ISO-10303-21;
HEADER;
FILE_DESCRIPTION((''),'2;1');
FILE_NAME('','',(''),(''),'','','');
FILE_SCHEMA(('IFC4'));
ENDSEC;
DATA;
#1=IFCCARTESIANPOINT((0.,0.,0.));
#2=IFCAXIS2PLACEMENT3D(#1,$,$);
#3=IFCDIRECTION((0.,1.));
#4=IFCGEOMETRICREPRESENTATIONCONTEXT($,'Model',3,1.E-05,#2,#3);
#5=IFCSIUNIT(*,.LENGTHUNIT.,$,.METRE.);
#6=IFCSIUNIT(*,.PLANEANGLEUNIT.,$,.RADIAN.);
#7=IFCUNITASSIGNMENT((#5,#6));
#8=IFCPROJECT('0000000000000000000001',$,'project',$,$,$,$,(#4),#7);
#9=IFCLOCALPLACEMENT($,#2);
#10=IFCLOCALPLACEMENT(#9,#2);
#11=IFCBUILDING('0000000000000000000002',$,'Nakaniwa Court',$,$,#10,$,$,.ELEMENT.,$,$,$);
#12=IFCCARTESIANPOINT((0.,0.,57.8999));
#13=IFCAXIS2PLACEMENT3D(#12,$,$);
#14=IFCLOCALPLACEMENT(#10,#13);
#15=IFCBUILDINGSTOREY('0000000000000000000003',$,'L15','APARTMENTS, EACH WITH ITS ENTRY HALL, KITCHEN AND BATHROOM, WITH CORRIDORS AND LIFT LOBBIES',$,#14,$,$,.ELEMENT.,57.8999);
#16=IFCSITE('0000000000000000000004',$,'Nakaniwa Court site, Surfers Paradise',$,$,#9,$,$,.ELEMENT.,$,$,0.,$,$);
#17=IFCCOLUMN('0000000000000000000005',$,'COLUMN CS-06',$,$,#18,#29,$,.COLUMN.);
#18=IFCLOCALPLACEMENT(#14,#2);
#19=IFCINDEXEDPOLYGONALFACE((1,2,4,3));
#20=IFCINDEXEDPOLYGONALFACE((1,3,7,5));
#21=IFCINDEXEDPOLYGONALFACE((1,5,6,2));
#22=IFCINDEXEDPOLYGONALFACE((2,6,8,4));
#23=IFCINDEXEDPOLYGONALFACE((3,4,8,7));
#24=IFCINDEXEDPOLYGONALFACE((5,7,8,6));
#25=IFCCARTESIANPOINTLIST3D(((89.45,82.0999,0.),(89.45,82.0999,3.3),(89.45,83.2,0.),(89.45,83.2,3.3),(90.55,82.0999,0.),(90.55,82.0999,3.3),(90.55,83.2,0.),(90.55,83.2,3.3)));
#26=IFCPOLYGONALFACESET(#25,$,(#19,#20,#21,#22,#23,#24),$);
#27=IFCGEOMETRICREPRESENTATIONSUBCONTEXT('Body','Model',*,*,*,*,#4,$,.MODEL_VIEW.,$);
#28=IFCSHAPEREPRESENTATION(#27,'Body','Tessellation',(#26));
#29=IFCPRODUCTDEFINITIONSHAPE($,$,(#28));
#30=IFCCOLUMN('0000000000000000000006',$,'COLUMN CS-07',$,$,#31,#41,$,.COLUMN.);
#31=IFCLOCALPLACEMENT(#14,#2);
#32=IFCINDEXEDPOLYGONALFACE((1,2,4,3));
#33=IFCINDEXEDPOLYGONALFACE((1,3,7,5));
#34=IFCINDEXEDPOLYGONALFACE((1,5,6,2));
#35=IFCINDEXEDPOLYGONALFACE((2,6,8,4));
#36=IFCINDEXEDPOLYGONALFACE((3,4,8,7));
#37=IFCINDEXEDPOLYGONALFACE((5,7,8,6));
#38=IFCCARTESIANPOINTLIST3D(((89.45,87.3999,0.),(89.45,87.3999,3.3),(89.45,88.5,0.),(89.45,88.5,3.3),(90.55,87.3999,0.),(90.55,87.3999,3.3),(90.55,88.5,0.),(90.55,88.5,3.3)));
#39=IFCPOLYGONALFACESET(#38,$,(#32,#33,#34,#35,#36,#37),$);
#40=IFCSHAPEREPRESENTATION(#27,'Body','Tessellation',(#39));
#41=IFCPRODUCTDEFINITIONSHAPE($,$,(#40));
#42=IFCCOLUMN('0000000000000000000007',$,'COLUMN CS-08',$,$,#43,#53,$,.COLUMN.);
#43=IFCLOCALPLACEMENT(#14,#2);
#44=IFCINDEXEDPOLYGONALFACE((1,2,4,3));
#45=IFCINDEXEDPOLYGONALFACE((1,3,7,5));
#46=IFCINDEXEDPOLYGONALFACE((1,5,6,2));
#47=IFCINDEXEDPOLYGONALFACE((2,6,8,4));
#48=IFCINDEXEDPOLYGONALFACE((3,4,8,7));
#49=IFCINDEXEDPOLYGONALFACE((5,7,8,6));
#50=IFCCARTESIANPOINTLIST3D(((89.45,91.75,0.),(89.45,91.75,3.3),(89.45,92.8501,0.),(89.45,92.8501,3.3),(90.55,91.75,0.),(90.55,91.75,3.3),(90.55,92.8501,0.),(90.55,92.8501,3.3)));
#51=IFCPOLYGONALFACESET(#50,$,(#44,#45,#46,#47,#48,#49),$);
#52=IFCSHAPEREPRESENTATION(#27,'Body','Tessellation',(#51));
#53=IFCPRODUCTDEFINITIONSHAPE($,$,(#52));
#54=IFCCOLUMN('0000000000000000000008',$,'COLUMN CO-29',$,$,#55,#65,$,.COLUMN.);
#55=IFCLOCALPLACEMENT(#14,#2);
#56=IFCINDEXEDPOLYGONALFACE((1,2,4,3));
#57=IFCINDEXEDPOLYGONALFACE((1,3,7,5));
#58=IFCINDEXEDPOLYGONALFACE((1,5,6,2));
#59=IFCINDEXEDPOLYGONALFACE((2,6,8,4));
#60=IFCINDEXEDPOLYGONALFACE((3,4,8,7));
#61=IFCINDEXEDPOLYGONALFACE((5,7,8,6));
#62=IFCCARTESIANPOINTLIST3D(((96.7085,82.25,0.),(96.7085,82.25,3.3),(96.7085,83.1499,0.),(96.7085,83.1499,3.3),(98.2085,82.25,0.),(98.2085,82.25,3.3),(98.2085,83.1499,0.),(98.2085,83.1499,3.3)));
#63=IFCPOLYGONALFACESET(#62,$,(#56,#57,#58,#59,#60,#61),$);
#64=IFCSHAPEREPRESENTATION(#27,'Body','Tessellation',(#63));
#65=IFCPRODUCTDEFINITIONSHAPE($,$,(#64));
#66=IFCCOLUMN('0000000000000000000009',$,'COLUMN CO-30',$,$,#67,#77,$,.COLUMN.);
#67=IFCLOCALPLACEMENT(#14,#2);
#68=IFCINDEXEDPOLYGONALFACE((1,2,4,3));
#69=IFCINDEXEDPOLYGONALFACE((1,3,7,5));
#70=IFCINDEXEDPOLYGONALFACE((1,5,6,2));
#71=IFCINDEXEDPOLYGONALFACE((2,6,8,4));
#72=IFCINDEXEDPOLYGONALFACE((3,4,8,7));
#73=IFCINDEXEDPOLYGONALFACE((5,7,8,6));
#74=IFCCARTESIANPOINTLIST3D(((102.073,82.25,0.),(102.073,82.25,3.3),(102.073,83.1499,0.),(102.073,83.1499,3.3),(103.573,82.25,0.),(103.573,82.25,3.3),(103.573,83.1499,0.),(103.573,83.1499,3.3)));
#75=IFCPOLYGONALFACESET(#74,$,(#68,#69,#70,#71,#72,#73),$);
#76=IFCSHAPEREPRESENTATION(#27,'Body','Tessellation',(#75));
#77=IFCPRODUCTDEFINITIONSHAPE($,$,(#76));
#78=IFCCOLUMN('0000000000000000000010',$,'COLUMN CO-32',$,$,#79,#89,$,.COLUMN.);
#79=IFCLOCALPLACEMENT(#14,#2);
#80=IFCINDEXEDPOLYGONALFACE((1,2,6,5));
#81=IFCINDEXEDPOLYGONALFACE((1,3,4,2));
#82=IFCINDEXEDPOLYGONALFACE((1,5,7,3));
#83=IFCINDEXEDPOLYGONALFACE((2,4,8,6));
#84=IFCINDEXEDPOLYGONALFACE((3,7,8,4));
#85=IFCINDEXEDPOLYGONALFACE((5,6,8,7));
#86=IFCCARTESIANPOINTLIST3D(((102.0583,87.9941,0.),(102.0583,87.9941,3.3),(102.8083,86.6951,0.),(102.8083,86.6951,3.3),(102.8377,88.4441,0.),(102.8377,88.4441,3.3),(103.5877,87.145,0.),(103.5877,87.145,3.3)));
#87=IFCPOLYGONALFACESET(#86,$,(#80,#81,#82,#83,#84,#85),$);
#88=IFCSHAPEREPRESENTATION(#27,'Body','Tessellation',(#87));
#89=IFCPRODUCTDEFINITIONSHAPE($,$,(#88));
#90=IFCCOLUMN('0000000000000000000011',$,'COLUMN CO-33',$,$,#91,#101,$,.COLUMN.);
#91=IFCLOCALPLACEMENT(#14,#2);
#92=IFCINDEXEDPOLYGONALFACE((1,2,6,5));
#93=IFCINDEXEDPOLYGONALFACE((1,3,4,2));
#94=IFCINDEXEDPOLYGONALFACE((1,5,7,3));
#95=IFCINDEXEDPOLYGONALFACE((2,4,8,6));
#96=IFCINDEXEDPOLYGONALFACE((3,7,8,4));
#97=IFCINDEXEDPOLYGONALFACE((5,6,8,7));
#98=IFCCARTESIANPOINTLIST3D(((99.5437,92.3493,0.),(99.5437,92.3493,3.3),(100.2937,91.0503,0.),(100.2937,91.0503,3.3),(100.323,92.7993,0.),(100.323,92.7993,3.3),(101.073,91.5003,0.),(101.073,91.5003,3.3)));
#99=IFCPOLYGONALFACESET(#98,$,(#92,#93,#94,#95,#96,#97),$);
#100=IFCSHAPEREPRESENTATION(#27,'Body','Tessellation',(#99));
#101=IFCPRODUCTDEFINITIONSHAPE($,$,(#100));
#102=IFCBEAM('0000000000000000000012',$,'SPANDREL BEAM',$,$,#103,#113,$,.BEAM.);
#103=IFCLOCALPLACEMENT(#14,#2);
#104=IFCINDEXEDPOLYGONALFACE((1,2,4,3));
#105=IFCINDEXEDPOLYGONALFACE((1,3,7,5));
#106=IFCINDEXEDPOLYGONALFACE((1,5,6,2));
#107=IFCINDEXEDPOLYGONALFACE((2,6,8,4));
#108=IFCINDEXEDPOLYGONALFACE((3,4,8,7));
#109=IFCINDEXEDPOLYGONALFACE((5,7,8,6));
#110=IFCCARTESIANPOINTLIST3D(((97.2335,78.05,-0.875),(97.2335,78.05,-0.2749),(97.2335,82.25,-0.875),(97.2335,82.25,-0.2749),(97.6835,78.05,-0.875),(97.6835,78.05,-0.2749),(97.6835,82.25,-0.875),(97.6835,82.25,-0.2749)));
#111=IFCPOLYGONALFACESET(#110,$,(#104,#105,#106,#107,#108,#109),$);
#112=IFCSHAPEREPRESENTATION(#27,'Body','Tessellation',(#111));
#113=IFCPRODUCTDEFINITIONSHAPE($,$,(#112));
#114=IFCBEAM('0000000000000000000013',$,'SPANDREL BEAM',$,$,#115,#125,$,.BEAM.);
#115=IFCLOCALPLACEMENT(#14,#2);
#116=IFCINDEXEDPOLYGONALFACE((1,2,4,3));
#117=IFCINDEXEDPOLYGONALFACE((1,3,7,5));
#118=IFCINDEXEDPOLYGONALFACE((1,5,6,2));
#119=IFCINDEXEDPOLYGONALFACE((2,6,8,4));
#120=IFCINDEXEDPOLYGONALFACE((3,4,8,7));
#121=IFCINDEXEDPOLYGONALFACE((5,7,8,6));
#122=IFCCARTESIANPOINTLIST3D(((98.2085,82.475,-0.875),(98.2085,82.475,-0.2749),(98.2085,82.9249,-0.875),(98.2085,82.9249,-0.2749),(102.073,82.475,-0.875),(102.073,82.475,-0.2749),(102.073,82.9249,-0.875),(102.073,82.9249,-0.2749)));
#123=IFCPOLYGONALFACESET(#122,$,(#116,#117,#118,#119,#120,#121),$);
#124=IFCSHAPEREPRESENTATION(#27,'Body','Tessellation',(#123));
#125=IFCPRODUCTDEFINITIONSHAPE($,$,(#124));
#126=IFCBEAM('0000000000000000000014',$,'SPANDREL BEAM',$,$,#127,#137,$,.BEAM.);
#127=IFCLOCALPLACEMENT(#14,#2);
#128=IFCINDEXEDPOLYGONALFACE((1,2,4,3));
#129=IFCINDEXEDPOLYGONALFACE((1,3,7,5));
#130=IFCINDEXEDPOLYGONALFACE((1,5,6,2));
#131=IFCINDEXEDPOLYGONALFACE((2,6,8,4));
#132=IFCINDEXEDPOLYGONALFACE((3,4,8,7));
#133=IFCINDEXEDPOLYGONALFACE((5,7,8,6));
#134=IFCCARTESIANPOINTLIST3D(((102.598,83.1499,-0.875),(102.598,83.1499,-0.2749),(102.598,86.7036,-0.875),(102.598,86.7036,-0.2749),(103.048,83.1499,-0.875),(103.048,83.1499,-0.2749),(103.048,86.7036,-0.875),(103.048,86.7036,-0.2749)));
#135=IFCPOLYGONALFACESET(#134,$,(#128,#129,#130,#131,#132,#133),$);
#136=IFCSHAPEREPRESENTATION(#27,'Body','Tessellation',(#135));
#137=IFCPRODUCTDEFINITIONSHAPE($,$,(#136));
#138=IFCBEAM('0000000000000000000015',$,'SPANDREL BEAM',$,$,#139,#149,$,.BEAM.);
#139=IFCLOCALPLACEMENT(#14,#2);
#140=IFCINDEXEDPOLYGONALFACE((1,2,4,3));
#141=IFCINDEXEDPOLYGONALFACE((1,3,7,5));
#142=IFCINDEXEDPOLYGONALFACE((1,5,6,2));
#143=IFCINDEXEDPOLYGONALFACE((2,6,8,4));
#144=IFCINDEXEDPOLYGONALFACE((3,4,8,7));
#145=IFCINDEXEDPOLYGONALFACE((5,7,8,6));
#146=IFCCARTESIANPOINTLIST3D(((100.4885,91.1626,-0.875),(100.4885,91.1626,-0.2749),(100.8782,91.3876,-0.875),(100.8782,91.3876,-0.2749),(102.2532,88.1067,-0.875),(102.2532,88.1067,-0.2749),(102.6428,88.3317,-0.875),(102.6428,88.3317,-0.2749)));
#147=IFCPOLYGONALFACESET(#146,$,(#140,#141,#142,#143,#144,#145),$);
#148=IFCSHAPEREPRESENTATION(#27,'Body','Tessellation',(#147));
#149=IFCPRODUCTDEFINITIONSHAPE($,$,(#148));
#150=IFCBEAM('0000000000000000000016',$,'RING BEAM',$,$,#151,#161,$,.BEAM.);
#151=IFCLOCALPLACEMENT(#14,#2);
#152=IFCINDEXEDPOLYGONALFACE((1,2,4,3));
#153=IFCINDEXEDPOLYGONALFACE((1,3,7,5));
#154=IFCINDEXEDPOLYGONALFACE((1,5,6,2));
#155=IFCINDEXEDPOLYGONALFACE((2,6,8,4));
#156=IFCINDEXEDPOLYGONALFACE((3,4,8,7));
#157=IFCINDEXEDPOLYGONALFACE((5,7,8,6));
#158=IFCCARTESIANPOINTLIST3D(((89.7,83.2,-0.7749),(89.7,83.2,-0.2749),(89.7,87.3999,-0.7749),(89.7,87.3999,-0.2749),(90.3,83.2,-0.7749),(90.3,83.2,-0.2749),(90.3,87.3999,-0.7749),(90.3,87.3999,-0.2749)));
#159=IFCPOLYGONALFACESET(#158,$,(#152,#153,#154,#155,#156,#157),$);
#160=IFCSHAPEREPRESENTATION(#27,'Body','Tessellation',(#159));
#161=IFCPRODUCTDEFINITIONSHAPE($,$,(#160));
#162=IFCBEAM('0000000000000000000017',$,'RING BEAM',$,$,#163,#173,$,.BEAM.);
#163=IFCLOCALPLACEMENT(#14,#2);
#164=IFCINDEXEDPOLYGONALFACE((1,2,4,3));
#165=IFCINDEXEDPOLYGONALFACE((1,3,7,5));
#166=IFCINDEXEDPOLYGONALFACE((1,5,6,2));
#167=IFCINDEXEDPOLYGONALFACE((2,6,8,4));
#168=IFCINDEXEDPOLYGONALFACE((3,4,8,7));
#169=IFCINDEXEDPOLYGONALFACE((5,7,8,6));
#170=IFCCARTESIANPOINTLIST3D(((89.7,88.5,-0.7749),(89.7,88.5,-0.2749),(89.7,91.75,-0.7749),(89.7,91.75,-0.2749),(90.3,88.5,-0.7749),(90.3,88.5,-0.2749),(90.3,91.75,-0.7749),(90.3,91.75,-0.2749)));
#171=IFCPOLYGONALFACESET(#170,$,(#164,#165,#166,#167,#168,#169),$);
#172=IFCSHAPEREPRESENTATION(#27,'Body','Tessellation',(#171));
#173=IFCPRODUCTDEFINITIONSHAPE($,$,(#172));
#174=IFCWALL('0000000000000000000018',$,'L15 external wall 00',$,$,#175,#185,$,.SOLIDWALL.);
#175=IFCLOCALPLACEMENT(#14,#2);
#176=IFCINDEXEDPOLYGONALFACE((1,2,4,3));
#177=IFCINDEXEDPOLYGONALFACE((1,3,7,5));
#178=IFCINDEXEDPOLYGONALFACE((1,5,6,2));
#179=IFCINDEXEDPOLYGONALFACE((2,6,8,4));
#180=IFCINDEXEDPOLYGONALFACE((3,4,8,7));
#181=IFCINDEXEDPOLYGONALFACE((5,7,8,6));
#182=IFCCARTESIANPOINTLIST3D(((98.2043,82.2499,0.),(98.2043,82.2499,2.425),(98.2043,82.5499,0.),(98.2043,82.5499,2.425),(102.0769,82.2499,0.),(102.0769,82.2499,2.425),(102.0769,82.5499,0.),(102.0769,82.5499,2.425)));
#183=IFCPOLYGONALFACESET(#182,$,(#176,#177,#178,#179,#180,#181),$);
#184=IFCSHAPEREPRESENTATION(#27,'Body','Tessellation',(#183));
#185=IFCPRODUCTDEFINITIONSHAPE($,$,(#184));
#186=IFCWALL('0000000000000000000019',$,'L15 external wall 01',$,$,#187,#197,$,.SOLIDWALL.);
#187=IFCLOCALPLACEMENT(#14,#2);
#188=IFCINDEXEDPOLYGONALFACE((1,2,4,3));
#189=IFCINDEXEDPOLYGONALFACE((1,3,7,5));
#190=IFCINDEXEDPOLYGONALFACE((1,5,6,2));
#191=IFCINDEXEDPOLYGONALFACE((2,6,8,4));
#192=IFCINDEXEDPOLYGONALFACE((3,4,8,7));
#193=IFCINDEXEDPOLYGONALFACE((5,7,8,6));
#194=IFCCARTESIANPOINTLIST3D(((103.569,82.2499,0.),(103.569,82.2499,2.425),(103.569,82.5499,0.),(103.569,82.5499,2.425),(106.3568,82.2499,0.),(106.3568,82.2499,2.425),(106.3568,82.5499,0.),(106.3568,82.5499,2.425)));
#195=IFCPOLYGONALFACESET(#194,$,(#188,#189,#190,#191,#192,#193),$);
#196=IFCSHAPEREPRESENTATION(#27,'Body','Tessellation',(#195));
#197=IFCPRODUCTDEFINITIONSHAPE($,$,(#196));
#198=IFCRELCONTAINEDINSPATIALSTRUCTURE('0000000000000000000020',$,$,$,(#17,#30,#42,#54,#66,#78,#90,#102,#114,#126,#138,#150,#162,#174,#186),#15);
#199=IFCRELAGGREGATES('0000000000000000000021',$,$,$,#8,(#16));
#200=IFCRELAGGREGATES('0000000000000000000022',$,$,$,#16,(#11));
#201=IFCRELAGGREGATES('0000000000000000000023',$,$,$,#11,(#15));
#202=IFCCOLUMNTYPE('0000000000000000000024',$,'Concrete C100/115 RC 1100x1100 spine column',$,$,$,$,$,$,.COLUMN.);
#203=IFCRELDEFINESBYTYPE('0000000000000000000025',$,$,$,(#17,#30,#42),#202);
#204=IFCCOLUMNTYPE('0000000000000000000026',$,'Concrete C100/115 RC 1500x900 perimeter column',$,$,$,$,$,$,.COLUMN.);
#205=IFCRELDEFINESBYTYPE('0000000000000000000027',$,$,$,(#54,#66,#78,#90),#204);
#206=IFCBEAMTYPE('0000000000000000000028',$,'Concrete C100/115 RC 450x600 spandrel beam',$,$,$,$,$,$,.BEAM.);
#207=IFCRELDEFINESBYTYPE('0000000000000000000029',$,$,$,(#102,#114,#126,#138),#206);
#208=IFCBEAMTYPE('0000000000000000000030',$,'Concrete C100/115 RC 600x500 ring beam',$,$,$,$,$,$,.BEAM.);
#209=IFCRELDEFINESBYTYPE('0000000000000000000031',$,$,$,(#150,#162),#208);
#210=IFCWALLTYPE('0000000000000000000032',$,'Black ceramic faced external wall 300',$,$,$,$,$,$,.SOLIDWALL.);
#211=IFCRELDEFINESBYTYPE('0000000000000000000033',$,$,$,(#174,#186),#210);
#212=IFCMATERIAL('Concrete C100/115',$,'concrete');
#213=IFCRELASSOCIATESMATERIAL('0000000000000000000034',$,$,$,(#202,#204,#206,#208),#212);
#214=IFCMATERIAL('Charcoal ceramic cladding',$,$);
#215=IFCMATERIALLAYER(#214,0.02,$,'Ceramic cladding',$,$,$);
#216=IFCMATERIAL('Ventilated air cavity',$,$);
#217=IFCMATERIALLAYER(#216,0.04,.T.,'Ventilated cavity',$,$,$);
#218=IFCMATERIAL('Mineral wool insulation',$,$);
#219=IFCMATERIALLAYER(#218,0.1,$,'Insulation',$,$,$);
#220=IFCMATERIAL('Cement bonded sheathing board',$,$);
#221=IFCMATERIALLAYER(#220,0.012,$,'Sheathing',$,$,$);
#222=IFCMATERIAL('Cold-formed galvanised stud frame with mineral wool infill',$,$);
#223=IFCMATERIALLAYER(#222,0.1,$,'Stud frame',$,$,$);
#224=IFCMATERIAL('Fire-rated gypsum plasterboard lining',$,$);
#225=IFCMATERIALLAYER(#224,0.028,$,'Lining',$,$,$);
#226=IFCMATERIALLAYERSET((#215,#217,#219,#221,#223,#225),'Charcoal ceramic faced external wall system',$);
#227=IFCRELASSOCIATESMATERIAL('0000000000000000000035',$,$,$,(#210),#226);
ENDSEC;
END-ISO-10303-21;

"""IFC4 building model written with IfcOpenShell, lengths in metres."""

from ifc_helpers import new_model, si_unit, direction, frame, frame_2d, origin, origin_2d, place, context, subcontext, project, spatial, rectangle, extrude, material, layer, layer_set, material_profile, profile_set, type_object, element, save


model = new_model("IFC4")

# Units and contexts
model_context = context("Model", 3, precision=1e-05, world=origin(), true_north=direction((0.0, 1.0)))
body_context = subcontext(model_context, "Body", "Model", "MODEL_VIEW")
ifc_project = project(units=[si_unit("LENGTHUNIT", "METRE"), si_unit("PLANEANGLEUNIT", "RADIAN")], contexts=[model_context])

# Site, building, storey
site_placement = place(None, origin())
site = spatial("IfcSite", under=ifc_project, at=site_placement, Name="Nakaniwa Court site, Surfers Paradise", CompositionType="ELEMENT", RefElevation=0.0)
building_placement = place(site_placement, origin())
building = spatial("IfcBuilding", under=site, at=building_placement, Name="Nakaniwa Court", CompositionType="ELEMENT")
storey_placement = place(building_placement, frame((0.0, 0.0, 57.8999)))
storey = spatial("IfcBuildingStorey", under=building, at=storey_placement, Name="L15", Description="APARTMENTS, EACH WITH ITS ENTRY HALL, KITCHEN AND BATHROOM, WITH CORRIDORS AND LIFT LOBBIES", CompositionType="ELEMENT", Elevation=57.8999)

# Columns
ifc_material_1 = material(Name="Concrete C100/115", Category="concrete")
ifc_material_profile_1 = material_profile(ifc_material_1, rectangle(XDim=1.1001, YDim=1.1001, at=origin_2d()), Name="Concrete C100/115 RC 1100x1100 spine column")
ifc_profile_set_1 = profile_set([ifc_material_profile_1], Name="Concrete C100/115")
column_type_1 = type_object("IfcColumnType", Name="Concrete C100/115 RC 1100x1100 spine column", PredefinedType="COLUMN", material=ifc_profile_set_1)
for number, where, z_axis, x_axis, name in (
    (1, (90.0, 82.6499, 0.0), (0.0, 0.0, 1.0), (0.0, 1.0, 0.0), "COLUMN CS-06"),
    (2, (90.0, 87.95, 0.0), (0.0, 0.0, 1.0), (0.0, 1.0, 0.0), "COLUMN CS-07"),
    (3, (90.0, 92.3, 0.0), (0.0, 0.0, 1.0), (0.0, 1.0, 0.0), "COLUMN CS-08"),
):
    element("IfcColumn", number, at=place(storey_placement, frame(where, z_axis=z_axis, x_axis=x_axis)), inside=storey, type_object=column_type_1, Name=name, PredefinedType="COLUMN", context=body_context, shape_type="SweptSolid", body=[
        extrude(rectangle(XDim=1.1001, YDim=1.1001, at=origin_2d()), origin(), (0.0, 0.0, 1.0), 3.3),
    ])
ifc_material_profile_2 = material_profile(ifc_material_1, rectangle(XDim=1.5, YDim=0.8999, at=origin_2d()), Name="Concrete C100/115 RC 1500x900 perimeter column")
ifc_profile_set_2 = profile_set([ifc_material_profile_2], Name="Concrete C100/115")
column_type_2 = type_object("IfcColumnType", Name="Concrete C100/115 RC 1500x900 perimeter column", PredefinedType="COLUMN", material=ifc_profile_set_2)
for number, where, z_axis, x_axis, name in (
    (4, (97.4585, 82.7, 0.0), (0.0, 0.0, 1.0), (1.0, 0.0, 0.0), "COLUMN CO-29"),
    (5, (102.823, 82.7, 0.0), (0.0, 0.0, 1.0), (1.0, 0.0, 0.0), "COLUMN CO-30"),
    (6, (102.823, 87.5696, 0.0), (0.0, 0.0, 1.0), (-0.5, 0.866025, 0.0), "COLUMN CO-32"),
    (7, (100.3083, 91.9248, 0.0), (0.0, 0.0, 1.0), (-0.5, 0.866025, 0.0), "COLUMN CO-33"),
):
    element("IfcColumn", number, at=place(storey_placement, frame(where, z_axis=z_axis, x_axis=x_axis)), inside=storey, type_object=column_type_2, Name=name, PredefinedType="COLUMN", context=body_context, shape_type="SweptSolid", body=[
        extrude(rectangle(XDim=1.5, YDim=0.8999, at=origin_2d()), origin(), (0.0, 0.0, 1.0), 3.3),
    ])

# Beams
ifc_material_profile_3 = material_profile(ifc_material_1, rectangle(XDim=0.45, YDim=0.6001, at=origin_2d()), Name="Concrete C100/115 RC 450x600 spandrel beam")
ifc_profile_set_3 = profile_set([ifc_material_profile_3], Name="Concrete C100/115")
beam_type_1 = type_object("IfcBeamType", Name="Concrete C100/115 RC 450x600 spandrel beam", PredefinedType="BEAM", material=ifc_profile_set_3)
beam_1_placement = place(storey_placement, frame((97.4585, 78.05, -0.575), z_axis=(0.0, 1.0, 0.0), x_axis=(-1.0, 0.0, 0.0)))
element("IfcBeam", 8, at=beam_1_placement, inside=storey, type_object=beam_type_1, Name="SPANDREL BEAM", PredefinedType="BEAM", context=body_context, shape_type="SweptSolid", body=[
    extrude(rectangle(XDim=0.45, YDim=0.6001, at=origin_2d()), origin(), (0.0, 0.0, 1.0), 4.2),
])
beam_2_placement = place(storey_placement, frame((98.2085, 82.7, -0.575), z_axis=(1.0, 0.0, 0.0), x_axis=(0.0, 1.0, 0.0)))
element("IfcBeam", 9, at=beam_2_placement, inside=storey, type_object=beam_type_1, Name="SPANDREL BEAM", PredefinedType="BEAM", context=body_context, shape_type="SweptSolid", body=[
    extrude(rectangle(XDim=0.45, YDim=0.6001, at=origin_2d()), origin(), (0.0, 0.0, 1.0), 3.8645),
])
beam_3_placement = place(storey_placement, frame((102.823, 83.1499, -0.575), z_axis=(0.0, 1.0, 0.0), x_axis=(-1.0, 0.0, 0.0)))
element("IfcBeam", 10, at=beam_3_placement, inside=storey, type_object=beam_type_1, Name="SPANDREL BEAM", PredefinedType="BEAM", context=body_context, shape_type="SweptSolid", body=[
    extrude(rectangle(XDim=0.45, YDim=0.6001, at=origin_2d()), origin(), (0.0, 0.0, 1.0), 3.5537),
])
beam_4_placement = place(storey_placement, frame((102.448, 88.2192, -0.575), z_axis=(-0.500068, 0.865986, 0.0), x_axis=(-0.865986, -0.500068, 0.0)))
element("IfcBeam", 11, at=beam_4_placement, inside=storey, type_object=beam_type_1, Name="SPANDREL BEAM", PredefinedType="BEAM", context=body_context, shape_type="SweptSolid", body=[
    extrude(rectangle(XDim=0.45, YDim=0.6001, at=origin_2d()), origin(), (0.0, 0.0, 1.0), 3.5288),
])
ifc_material_profile_4 = material_profile(ifc_material_1, rectangle(XDim=0.6001, YDim=0.5, at=origin_2d()), Name="Concrete C100/115 RC 600x500 ring beam")
ifc_profile_set_4 = profile_set([ifc_material_profile_4], Name="Concrete C100/115")
beam_type_2 = type_object("IfcBeamType", Name="Concrete C100/115 RC 600x500 ring beam", PredefinedType="BEAM", material=ifc_profile_set_4)
beam_5_placement = place(storey_placement, frame((90.0, 83.2, -0.5249), z_axis=(0.0, 1.0, 0.0), x_axis=(-1.0, 0.0, 0.0)))
element("IfcBeam", 12, at=beam_5_placement, inside=storey, type_object=beam_type_2, Name="RING BEAM", PredefinedType="BEAM", context=body_context, shape_type="SweptSolid", body=[
    extrude(rectangle(XDim=0.6001, YDim=0.5, at=origin_2d()), origin(), (0.0, 0.0, 1.0), 4.2),
])
beam_6_placement = place(storey_placement, frame((90.0, 88.5, -0.5249), z_axis=(0.0, 1.0, 0.0), x_axis=(-1.0, 0.0, 0.0)))
element("IfcBeam", 13, at=beam_6_placement, inside=storey, type_object=beam_type_2, Name="RING BEAM", PredefinedType="BEAM", context=body_context, shape_type="SweptSolid", body=[
    extrude(rectangle(XDim=0.6001, YDim=0.5, at=origin_2d()), origin(), (0.0, 0.0, 1.0), 3.25),
])

# Walls
ifc_material_2 = material(Name="Charcoal ceramic cladding")
ifc_layer_1 = layer(ifc_material_2, 0.02, Name="Ceramic cladding")
ifc_material_3 = material(Name="Ventilated air cavity")
ifc_layer_2 = layer(ifc_material_3, 0.04, ventilated=True, Name="Ventilated cavity")
ifc_material_4 = material(Name="Mineral wool insulation")
ifc_layer_3 = layer(ifc_material_4, 0.1, Name="Insulation")
ifc_material_5 = material(Name="Cement bonded sheathing board")
ifc_layer_4 = layer(ifc_material_5, 0.012, Name="Sheathing")
ifc_material_6 = material(Name="Cold-formed galvanised stud frame with mineral wool infill")
ifc_layer_5 = layer(ifc_material_6, 0.1, Name="Stud frame")
ifc_material_7 = material(Name="Fire-rated gypsum plasterboard lining")
ifc_layer_6 = layer(ifc_material_7, 0.028, Name="Lining")
ifc_layer_set_1 = layer_set([ifc_layer_1, ifc_layer_2, ifc_layer_3, ifc_layer_4, ifc_layer_5, ifc_layer_6], Name="Charcoal ceramic faced external wall system")
wall_type_1 = type_object("IfcWallType", Name="Black ceramic faced external wall 300", PredefinedType="SOLIDWALL", material=ifc_layer_set_1)
wall_1_placement = place(storey_placement, frame((98.2043, 82.3999, 0.0), z_axis=(0.0, 0.0, 1.0), x_axis=(1.0, 0.0, 0.0)))
element("IfcWall", 14, at=wall_1_placement, inside=storey, type_object=wall_type_1, Name="L15 external wall 00", PredefinedType="SOLIDWALL", context=body_context, shape_type="SweptSolid", body=[
    extrude(rectangle(XDim=3.8726, YDim=0.3, at=frame_2d((1.9363, 0.0))), origin(), (0.0, 0.0, 1.0), 2.425),
])
wall_2_placement = place(storey_placement, frame((103.5688, 82.3999, 0.0), z_axis=(0.0, 0.0, 1.0), x_axis=(1.0, 0.0, 0.0)))
element("IfcWall", 15, at=wall_2_placement, inside=storey, type_object=wall_type_1, Name="L15 external wall 01", PredefinedType="SOLIDWALL", context=body_context, shape_type="SweptSolid", body=[
    extrude(rectangle(XDim=2.7878, YDim=0.3, at=frame_2d((1.394, 0.0))), origin(), (0.0, 0.0, 1.0), 2.425),
])

save(model, "model.ifc")
